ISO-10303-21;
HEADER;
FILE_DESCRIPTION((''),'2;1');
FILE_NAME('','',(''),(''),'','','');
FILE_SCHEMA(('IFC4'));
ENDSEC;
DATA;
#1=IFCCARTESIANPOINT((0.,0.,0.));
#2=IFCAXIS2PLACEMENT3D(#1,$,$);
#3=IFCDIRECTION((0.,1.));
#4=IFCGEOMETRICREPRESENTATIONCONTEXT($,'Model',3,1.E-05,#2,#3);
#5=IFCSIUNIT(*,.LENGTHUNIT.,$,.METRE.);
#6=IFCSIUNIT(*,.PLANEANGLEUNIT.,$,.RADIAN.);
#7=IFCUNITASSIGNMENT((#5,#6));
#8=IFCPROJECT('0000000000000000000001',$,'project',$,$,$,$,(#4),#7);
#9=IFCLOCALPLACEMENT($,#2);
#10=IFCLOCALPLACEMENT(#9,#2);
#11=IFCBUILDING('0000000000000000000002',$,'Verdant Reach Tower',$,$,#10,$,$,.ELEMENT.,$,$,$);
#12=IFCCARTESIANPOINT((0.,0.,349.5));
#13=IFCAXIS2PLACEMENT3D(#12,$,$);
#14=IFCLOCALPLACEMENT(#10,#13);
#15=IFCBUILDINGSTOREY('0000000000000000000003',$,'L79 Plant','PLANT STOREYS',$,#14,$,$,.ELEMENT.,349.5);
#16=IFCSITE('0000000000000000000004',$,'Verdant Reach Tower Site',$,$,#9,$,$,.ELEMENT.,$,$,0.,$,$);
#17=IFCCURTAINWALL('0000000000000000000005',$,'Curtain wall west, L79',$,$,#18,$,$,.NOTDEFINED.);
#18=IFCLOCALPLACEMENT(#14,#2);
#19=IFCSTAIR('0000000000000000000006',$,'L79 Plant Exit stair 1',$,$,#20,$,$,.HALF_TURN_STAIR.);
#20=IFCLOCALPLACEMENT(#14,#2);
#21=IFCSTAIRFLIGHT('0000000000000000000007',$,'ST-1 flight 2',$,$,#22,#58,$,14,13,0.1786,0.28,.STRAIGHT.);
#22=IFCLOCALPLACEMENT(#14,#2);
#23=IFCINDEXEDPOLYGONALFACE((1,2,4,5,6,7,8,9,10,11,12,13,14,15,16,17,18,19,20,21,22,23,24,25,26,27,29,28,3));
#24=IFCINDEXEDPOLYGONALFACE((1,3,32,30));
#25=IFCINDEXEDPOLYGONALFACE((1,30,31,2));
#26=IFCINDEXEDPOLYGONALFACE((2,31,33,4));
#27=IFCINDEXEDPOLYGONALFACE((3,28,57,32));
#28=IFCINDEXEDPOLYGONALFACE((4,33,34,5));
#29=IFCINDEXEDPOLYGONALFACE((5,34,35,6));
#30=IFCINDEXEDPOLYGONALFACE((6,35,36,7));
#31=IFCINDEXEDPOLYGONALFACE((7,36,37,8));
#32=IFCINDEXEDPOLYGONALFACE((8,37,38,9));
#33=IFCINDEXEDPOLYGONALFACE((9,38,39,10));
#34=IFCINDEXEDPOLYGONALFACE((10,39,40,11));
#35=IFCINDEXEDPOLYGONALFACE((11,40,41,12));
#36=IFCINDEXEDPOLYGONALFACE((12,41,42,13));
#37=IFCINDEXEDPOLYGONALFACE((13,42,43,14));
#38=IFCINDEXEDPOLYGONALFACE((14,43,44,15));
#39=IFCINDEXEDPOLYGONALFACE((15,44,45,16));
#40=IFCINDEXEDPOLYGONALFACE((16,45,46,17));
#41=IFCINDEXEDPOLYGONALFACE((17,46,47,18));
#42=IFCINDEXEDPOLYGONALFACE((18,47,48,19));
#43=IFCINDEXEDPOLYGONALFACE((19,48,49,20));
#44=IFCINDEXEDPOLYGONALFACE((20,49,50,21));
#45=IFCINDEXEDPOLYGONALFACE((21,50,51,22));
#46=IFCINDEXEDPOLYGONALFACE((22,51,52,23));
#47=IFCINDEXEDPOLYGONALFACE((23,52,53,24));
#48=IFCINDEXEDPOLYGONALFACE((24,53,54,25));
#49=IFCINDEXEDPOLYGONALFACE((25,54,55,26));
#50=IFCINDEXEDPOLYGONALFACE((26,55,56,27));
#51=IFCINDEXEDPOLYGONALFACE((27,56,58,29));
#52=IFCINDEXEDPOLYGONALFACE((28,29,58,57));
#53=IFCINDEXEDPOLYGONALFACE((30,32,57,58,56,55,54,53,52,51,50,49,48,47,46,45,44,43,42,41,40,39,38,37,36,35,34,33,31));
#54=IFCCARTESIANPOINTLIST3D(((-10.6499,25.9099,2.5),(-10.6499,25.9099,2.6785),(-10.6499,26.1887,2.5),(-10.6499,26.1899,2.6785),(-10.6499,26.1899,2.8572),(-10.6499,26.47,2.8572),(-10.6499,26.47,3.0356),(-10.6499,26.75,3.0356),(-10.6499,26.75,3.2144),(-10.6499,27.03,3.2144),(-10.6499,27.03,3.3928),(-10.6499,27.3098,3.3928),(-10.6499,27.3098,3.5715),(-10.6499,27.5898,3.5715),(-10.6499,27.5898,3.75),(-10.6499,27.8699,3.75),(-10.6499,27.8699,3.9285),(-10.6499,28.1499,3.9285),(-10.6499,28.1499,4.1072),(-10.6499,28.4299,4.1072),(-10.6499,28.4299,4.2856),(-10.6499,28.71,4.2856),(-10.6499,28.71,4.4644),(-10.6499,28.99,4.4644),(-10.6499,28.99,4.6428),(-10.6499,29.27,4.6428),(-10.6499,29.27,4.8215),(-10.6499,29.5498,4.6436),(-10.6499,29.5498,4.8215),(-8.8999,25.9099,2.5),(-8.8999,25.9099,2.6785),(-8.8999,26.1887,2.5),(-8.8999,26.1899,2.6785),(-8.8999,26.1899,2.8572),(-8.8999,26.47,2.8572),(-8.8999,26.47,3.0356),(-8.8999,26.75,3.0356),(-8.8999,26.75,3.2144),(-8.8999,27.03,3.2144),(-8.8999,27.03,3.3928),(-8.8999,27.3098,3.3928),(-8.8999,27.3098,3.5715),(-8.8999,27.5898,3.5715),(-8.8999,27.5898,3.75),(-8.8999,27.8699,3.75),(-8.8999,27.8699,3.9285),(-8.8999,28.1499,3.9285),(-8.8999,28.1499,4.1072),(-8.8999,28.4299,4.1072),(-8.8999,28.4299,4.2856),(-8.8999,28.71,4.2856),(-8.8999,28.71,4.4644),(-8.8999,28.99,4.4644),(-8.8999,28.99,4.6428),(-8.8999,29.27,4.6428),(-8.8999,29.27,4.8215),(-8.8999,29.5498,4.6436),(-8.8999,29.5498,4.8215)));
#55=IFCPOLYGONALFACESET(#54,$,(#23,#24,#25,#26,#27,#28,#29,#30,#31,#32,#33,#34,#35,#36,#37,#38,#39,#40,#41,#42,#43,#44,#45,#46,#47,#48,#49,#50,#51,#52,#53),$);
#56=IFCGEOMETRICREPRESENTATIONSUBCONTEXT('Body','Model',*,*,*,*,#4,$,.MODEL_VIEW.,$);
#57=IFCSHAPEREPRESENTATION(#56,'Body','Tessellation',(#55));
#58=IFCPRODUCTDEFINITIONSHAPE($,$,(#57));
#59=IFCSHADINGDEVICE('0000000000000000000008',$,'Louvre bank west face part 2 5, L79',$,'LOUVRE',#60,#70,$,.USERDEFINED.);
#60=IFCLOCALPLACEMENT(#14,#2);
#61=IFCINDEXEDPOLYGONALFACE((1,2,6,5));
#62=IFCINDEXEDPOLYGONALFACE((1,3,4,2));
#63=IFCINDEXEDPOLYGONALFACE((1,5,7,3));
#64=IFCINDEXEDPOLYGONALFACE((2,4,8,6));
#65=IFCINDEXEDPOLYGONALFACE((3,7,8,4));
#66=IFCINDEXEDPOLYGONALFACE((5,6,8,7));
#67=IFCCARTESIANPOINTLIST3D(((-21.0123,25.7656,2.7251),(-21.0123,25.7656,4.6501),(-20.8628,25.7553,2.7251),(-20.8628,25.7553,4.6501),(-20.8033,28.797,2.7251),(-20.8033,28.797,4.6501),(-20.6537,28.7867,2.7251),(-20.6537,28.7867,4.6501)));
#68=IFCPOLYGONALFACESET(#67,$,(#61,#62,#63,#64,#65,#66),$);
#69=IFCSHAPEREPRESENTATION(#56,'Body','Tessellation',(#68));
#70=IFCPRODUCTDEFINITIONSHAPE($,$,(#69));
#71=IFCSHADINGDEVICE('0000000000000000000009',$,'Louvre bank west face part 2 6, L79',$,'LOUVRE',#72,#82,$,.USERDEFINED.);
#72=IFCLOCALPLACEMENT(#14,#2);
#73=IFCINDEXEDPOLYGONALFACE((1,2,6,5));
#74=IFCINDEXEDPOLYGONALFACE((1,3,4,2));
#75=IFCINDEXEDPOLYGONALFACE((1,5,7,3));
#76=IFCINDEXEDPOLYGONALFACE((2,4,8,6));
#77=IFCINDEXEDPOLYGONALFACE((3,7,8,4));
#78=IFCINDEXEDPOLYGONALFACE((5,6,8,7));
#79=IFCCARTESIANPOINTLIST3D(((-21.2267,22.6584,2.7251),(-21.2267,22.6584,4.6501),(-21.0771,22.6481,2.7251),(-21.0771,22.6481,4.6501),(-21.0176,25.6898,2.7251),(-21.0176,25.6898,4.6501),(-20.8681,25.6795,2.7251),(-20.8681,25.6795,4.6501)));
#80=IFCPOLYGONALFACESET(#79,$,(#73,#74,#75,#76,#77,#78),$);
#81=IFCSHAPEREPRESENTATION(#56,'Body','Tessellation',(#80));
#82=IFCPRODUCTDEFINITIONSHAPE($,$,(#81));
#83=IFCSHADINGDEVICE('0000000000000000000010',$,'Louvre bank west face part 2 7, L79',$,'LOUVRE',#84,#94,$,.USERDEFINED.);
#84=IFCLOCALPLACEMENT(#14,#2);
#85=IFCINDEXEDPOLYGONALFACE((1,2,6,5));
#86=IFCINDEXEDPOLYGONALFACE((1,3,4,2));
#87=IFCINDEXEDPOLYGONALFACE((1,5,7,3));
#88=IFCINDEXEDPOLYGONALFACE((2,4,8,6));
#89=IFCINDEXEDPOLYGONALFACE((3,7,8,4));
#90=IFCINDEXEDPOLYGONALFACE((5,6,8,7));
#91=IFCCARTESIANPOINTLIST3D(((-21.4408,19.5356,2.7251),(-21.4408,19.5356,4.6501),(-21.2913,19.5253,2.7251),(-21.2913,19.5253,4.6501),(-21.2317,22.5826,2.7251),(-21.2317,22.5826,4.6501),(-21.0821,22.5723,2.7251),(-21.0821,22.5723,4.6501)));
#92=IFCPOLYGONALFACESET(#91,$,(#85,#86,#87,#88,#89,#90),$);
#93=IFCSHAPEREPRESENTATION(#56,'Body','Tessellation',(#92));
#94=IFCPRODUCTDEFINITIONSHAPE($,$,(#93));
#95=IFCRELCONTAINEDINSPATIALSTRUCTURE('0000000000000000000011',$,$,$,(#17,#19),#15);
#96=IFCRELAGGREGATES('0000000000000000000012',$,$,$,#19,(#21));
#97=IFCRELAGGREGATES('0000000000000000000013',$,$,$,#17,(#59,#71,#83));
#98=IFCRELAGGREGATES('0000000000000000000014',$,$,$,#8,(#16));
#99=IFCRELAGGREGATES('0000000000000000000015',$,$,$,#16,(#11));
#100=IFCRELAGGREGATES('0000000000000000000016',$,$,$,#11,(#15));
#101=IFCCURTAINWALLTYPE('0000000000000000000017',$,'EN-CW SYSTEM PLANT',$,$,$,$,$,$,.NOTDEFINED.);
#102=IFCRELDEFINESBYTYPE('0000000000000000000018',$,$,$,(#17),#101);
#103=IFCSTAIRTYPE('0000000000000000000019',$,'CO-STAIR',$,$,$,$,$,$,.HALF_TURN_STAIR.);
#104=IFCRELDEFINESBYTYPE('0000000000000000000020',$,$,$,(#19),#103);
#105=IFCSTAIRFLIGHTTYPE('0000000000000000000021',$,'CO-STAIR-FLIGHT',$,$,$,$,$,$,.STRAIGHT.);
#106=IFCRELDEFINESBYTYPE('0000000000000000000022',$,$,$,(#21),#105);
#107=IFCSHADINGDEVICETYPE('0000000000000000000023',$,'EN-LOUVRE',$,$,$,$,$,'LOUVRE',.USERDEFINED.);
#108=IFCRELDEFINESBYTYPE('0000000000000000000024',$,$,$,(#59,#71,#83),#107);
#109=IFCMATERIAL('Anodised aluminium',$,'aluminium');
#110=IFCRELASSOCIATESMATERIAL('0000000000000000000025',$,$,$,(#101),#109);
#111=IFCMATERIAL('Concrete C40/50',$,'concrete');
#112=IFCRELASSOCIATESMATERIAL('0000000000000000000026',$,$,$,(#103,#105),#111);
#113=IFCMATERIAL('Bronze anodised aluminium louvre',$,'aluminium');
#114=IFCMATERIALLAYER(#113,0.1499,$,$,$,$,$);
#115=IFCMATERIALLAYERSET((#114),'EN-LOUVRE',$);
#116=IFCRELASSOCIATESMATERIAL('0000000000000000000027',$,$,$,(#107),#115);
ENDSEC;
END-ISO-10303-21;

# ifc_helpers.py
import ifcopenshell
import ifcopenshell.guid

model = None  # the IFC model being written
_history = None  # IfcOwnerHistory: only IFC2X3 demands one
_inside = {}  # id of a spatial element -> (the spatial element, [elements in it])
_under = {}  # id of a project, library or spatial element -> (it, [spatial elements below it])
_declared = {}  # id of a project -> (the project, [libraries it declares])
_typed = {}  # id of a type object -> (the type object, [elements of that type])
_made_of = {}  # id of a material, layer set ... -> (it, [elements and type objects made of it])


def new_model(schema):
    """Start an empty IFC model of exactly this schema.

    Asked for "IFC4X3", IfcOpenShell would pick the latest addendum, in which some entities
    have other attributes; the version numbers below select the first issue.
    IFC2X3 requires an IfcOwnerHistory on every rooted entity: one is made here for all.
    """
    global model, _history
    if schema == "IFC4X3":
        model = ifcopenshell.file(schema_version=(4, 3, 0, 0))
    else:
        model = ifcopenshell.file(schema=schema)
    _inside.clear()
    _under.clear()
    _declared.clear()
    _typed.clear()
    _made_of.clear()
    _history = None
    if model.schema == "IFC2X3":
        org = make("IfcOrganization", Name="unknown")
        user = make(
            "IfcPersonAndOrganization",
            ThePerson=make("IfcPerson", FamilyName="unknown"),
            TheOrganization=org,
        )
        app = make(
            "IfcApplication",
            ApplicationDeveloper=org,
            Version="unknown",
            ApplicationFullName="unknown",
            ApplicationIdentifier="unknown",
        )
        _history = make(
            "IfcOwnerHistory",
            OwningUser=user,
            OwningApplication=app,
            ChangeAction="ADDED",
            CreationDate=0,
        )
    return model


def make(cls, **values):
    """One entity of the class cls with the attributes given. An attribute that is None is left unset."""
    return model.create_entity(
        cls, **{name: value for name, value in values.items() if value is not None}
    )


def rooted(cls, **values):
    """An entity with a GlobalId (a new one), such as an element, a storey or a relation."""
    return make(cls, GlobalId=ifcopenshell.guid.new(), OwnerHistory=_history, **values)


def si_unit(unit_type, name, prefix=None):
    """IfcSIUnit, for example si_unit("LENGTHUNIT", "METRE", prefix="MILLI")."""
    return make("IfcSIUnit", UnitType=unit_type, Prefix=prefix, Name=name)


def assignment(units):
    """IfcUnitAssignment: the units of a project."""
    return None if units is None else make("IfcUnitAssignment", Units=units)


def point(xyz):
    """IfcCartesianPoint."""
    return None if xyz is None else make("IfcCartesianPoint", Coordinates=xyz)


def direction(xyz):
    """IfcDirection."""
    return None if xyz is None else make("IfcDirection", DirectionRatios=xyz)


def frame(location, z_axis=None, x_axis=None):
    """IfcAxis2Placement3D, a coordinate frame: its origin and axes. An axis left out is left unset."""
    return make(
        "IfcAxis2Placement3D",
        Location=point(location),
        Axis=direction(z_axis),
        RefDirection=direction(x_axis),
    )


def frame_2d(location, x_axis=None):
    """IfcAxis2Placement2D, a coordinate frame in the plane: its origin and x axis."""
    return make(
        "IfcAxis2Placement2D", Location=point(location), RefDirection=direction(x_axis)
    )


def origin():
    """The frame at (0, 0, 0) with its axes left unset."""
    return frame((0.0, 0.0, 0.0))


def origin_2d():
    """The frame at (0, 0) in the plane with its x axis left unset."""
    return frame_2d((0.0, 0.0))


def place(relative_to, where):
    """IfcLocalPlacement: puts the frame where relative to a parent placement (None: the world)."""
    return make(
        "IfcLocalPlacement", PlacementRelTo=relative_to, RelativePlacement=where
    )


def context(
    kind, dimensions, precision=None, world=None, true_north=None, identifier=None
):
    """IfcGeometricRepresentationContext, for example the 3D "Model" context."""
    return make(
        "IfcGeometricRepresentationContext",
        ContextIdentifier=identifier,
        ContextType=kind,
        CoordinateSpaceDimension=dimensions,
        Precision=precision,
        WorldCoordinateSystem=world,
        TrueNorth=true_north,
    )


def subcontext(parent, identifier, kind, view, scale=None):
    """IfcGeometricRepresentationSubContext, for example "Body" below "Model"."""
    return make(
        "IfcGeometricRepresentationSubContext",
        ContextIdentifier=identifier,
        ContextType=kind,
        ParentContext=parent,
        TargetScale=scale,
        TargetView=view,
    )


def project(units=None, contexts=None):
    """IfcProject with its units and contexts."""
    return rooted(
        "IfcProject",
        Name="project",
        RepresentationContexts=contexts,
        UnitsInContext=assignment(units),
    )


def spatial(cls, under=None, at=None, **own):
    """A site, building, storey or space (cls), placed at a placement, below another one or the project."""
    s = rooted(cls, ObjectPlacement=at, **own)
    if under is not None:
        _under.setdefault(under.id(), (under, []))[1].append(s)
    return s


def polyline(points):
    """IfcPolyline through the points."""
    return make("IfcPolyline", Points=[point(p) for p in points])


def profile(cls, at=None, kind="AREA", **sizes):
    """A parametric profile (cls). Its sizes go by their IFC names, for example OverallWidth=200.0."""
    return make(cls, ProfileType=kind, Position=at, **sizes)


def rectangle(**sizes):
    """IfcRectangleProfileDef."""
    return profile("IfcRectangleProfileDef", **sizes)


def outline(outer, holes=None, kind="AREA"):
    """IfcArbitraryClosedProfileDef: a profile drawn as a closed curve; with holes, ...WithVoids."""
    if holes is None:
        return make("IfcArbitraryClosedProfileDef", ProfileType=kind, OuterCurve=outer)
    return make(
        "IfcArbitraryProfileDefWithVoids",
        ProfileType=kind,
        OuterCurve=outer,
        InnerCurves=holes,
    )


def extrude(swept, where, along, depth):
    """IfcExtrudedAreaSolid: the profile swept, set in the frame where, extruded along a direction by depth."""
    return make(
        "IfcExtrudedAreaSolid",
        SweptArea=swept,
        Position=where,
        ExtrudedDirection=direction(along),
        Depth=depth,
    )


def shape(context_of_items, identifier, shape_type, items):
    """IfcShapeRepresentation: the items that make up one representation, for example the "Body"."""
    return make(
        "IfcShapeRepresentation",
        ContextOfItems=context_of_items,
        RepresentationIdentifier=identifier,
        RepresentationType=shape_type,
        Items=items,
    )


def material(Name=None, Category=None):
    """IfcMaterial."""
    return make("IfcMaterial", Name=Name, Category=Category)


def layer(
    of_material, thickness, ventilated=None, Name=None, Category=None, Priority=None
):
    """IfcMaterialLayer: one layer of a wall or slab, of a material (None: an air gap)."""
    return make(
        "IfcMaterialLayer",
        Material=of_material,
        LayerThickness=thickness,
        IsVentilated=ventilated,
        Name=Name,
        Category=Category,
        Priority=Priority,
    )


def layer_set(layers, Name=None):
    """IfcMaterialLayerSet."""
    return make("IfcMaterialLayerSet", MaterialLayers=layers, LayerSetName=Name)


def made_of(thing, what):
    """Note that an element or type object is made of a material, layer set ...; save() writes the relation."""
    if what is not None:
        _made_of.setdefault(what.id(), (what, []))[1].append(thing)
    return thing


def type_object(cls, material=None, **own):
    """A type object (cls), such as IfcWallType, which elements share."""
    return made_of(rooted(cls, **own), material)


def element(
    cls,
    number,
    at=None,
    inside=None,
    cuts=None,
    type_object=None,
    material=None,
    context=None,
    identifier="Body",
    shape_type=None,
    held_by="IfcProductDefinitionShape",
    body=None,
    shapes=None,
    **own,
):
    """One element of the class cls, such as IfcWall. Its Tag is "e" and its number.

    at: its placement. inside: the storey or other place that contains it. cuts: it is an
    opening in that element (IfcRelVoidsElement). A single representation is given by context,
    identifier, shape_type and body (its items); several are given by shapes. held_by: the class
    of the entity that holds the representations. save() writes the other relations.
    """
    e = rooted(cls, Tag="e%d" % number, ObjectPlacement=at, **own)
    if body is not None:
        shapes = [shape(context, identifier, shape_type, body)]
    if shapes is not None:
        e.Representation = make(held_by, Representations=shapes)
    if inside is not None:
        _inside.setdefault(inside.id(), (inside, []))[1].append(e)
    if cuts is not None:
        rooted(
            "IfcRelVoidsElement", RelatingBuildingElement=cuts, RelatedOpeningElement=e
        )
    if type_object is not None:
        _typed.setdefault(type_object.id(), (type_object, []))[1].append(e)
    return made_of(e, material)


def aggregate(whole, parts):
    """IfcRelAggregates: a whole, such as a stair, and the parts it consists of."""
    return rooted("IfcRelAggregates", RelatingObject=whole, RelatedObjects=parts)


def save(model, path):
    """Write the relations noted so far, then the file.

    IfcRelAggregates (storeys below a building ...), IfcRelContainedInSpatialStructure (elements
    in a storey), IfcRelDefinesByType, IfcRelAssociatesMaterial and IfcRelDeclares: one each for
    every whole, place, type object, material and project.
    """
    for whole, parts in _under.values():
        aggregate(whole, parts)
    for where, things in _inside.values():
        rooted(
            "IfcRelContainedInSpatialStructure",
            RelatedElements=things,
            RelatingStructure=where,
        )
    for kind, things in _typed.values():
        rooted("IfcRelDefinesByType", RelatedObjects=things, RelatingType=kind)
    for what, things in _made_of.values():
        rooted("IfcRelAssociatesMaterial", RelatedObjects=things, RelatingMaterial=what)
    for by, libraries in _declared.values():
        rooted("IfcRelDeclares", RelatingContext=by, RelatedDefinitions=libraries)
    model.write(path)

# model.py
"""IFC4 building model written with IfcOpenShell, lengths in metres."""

from ifc_helpers import new_model, si_unit, direction, frame, origin, origin_2d, place, context, subcontext, project, spatial, polyline, rectangle, outline, extrude, material, layer, layer_set, type_object, element, aggregate, save


model = new_model("IFC4")

# Units and contexts
model_context = context("Model", 3, precision=1e-05, world=origin(), true_north=direction((0.0, 1.0)))
body_context = subcontext(model_context, "Body", "Model", "MODEL_VIEW")
ifc_project = project(units=[si_unit("LENGTHUNIT", "METRE"), si_unit("PLANEANGLEUNIT", "RADIAN")], contexts=[model_context])

# Site, building, storey
site_placement = place(None, origin())
site = spatial("IfcSite", under=ifc_project, at=site_placement, Name="Verdant Reach Tower Site", CompositionType="ELEMENT", RefElevation=0.0)
building_placement = place(site_placement, origin())
building = spatial("IfcBuilding", under=site, at=building_placement, Name="Verdant Reach Tower", CompositionType="ELEMENT")
storey_placement = place(building_placement, frame((0.0, 0.0, 349.5)))
storey = spatial("IfcBuildingStorey", under=building, at=storey_placement, Name="L79 Plant", Description="PLANT STOREYS", CompositionType="ELEMENT", Elevation=349.5)

# Curtain wall
ifc_material_1 = material(Name="Anodised aluminium", Category="aluminium")
curtain_wall_type = type_object("IfcCurtainWallType", Name="EN-CW SYSTEM PLANT", PredefinedType="NOTDEFINED", material=ifc_material_1)
curtain_wall_1_placement = place(storey_placement, origin())
curtain_wall_1 = element("IfcCurtainWall", 1, at=curtain_wall_1_placement, inside=storey, type_object=curtain_wall_type, Name="Curtain wall west, L79", PredefinedType="NOTDEFINED")

# Shared definitions
ifc_material_2 = material(Name="Concrete C40/50", Category="concrete")

# Stair, stair flight
stair_type = type_object("IfcStairType", Name="CO-STAIR", PredefinedType="HALF_TURN_STAIR", material=ifc_material_2)
stair_placement = place(storey_placement, origin())
stair = element("IfcStair", 2, at=stair_placement, inside=storey, type_object=stair_type, Name="L79 Plant Exit stair 1", PredefinedType="HALF_TURN_STAIR")
stair_flight_type = type_object("IfcStairFlightType", Name="CO-STAIR-FLIGHT", PredefinedType="STRAIGHT", material=ifc_material_2)
stair_flight_placement = place(storey_placement, frame((-9.7749, 25.9099, 2.5), z_axis=(0.0, 0.0, 1.0), x_axis=(0.0, 1.0, 0.0)))
stair_flight = element("IfcStairFlight", 3, at=stair_flight_placement, type_object=stair_flight_type, Name="ST-1 flight 2", NumberOfRisers=14, NumberOfTreads=13, PredefinedType="STRAIGHT", RiserHeight=0.1786, TreadLength=0.28, context=body_context, shape_type="SweptSolid", body=[
    extrude(outline(polyline([(0.0, 0.0), (0.0, 0.1785), (0.28, 0.1785), (0.28, 0.3572), (0.5601, 0.3572), (0.5601, 0.5356), (0.8401, 0.5356), (0.8401, 0.7144), (1.1201, 0.7144), (1.1201, 0.8928), (1.3999, 0.8928), (1.3999, 1.0715), (1.6799, 1.0715), (1.6799, 1.25), (1.96, 1.25), (1.96, 1.4285), (2.24, 1.4285), (2.24, 1.6072), (2.52, 1.6072), (2.52, 1.7856), (2.8, 1.7856), (2.8, 1.9644), (3.0801, 1.9644), (3.0801, 2.1428), (3.3601, 2.1428), (3.3601, 2.3215), (3.6399, 2.3215), (3.6399, 2.5), (3.6399, 2.1436), (0.2788, 0.0), (0.0, 0.0)])), frame((0.0, 0.875, 0.0), z_axis=(0.0, -1.0, 0.0), x_axis=(1.0, 0.0, 0.0)), (0.0, 0.0, 1.0), 1.75),
])
aggregate(stair, [stair_flight])

# Shading devices
ifc_material_3 = material(Name="Bronze anodised aluminium louvre", Category="aluminium")
ifc_layer_1 = layer(ifc_material_3, 0.1499)
ifc_layer_set_1 = layer_set([ifc_layer_1], Name="EN-LOUVRE")
shading_device_type = type_object("IfcShadingDeviceType", Name="EN-LOUVRE", ElementType="LOUVRE", PredefinedType="USERDEFINED", material=ifc_layer_set_1)
shading_device_1_placement = place(storey_placement, frame((-20.833, 27.2761, 2.7251), z_axis=(0.0, 0.0, 1.0), x_axis=(-0.068802, -0.99763, 0.0)))
shading_device_1 = element("IfcShadingDevice", 4, at=shading_device_1_placement, type_object=shading_device_type, Name="Louvre bank west face part 2 5, L79", ObjectType="LOUVRE", PredefinedType="USERDEFINED", context=body_context, shape_type="SweptSolid", body=[
    extrude(rectangle(XDim=3.0386, YDim=0.1499, at=origin_2d()), origin(), (0.0, 0.0, 1.0), 1.925),
])
shading_device_2_placement = place(storey_placement, frame((-21.0474, 24.1689, 2.7251), z_axis=(0.0, 0.0, 1.0), x_axis=(-0.068802, -0.99763, 0.0)))
shading_device_2 = element("IfcShadingDevice", 5, at=shading_device_2_placement, type_object=shading_device_type, Name="Louvre bank west face part 2 6, L79", ObjectType="LOUVRE", PredefinedType="USERDEFINED", context=body_context, shape_type="SweptSolid", body=[
    extrude(rectangle(XDim=3.0386, YDim=0.1499, at=origin_2d()), origin(), (0.0, 0.0, 1.0), 1.925),
])
shading_device_3_placement = place(storey_placement, frame((-21.2615, 21.054, 2.7251), z_axis=(0.0, 0.0, 1.0), x_axis=(-0.068469, -0.997653, 0.0)))
shading_device_3 = element("IfcShadingDevice", 6, at=shading_device_3_placement, type_object=shading_device_type, Name="Louvre bank west face part 2 7, L79", ObjectType="LOUVRE", PredefinedType="USERDEFINED", context=body_context, shape_type="SweptSolid", body=[
    extrude(rectangle(XDim=3.0542, YDim=0.1499, at=origin_2d()), origin(), (0.0, 0.0, 1.0), 1.925),
])
aggregate(curtain_wall_1, [shading_device_1, shading_device_2, shading_device_3])

save(model, "model.ifc")
